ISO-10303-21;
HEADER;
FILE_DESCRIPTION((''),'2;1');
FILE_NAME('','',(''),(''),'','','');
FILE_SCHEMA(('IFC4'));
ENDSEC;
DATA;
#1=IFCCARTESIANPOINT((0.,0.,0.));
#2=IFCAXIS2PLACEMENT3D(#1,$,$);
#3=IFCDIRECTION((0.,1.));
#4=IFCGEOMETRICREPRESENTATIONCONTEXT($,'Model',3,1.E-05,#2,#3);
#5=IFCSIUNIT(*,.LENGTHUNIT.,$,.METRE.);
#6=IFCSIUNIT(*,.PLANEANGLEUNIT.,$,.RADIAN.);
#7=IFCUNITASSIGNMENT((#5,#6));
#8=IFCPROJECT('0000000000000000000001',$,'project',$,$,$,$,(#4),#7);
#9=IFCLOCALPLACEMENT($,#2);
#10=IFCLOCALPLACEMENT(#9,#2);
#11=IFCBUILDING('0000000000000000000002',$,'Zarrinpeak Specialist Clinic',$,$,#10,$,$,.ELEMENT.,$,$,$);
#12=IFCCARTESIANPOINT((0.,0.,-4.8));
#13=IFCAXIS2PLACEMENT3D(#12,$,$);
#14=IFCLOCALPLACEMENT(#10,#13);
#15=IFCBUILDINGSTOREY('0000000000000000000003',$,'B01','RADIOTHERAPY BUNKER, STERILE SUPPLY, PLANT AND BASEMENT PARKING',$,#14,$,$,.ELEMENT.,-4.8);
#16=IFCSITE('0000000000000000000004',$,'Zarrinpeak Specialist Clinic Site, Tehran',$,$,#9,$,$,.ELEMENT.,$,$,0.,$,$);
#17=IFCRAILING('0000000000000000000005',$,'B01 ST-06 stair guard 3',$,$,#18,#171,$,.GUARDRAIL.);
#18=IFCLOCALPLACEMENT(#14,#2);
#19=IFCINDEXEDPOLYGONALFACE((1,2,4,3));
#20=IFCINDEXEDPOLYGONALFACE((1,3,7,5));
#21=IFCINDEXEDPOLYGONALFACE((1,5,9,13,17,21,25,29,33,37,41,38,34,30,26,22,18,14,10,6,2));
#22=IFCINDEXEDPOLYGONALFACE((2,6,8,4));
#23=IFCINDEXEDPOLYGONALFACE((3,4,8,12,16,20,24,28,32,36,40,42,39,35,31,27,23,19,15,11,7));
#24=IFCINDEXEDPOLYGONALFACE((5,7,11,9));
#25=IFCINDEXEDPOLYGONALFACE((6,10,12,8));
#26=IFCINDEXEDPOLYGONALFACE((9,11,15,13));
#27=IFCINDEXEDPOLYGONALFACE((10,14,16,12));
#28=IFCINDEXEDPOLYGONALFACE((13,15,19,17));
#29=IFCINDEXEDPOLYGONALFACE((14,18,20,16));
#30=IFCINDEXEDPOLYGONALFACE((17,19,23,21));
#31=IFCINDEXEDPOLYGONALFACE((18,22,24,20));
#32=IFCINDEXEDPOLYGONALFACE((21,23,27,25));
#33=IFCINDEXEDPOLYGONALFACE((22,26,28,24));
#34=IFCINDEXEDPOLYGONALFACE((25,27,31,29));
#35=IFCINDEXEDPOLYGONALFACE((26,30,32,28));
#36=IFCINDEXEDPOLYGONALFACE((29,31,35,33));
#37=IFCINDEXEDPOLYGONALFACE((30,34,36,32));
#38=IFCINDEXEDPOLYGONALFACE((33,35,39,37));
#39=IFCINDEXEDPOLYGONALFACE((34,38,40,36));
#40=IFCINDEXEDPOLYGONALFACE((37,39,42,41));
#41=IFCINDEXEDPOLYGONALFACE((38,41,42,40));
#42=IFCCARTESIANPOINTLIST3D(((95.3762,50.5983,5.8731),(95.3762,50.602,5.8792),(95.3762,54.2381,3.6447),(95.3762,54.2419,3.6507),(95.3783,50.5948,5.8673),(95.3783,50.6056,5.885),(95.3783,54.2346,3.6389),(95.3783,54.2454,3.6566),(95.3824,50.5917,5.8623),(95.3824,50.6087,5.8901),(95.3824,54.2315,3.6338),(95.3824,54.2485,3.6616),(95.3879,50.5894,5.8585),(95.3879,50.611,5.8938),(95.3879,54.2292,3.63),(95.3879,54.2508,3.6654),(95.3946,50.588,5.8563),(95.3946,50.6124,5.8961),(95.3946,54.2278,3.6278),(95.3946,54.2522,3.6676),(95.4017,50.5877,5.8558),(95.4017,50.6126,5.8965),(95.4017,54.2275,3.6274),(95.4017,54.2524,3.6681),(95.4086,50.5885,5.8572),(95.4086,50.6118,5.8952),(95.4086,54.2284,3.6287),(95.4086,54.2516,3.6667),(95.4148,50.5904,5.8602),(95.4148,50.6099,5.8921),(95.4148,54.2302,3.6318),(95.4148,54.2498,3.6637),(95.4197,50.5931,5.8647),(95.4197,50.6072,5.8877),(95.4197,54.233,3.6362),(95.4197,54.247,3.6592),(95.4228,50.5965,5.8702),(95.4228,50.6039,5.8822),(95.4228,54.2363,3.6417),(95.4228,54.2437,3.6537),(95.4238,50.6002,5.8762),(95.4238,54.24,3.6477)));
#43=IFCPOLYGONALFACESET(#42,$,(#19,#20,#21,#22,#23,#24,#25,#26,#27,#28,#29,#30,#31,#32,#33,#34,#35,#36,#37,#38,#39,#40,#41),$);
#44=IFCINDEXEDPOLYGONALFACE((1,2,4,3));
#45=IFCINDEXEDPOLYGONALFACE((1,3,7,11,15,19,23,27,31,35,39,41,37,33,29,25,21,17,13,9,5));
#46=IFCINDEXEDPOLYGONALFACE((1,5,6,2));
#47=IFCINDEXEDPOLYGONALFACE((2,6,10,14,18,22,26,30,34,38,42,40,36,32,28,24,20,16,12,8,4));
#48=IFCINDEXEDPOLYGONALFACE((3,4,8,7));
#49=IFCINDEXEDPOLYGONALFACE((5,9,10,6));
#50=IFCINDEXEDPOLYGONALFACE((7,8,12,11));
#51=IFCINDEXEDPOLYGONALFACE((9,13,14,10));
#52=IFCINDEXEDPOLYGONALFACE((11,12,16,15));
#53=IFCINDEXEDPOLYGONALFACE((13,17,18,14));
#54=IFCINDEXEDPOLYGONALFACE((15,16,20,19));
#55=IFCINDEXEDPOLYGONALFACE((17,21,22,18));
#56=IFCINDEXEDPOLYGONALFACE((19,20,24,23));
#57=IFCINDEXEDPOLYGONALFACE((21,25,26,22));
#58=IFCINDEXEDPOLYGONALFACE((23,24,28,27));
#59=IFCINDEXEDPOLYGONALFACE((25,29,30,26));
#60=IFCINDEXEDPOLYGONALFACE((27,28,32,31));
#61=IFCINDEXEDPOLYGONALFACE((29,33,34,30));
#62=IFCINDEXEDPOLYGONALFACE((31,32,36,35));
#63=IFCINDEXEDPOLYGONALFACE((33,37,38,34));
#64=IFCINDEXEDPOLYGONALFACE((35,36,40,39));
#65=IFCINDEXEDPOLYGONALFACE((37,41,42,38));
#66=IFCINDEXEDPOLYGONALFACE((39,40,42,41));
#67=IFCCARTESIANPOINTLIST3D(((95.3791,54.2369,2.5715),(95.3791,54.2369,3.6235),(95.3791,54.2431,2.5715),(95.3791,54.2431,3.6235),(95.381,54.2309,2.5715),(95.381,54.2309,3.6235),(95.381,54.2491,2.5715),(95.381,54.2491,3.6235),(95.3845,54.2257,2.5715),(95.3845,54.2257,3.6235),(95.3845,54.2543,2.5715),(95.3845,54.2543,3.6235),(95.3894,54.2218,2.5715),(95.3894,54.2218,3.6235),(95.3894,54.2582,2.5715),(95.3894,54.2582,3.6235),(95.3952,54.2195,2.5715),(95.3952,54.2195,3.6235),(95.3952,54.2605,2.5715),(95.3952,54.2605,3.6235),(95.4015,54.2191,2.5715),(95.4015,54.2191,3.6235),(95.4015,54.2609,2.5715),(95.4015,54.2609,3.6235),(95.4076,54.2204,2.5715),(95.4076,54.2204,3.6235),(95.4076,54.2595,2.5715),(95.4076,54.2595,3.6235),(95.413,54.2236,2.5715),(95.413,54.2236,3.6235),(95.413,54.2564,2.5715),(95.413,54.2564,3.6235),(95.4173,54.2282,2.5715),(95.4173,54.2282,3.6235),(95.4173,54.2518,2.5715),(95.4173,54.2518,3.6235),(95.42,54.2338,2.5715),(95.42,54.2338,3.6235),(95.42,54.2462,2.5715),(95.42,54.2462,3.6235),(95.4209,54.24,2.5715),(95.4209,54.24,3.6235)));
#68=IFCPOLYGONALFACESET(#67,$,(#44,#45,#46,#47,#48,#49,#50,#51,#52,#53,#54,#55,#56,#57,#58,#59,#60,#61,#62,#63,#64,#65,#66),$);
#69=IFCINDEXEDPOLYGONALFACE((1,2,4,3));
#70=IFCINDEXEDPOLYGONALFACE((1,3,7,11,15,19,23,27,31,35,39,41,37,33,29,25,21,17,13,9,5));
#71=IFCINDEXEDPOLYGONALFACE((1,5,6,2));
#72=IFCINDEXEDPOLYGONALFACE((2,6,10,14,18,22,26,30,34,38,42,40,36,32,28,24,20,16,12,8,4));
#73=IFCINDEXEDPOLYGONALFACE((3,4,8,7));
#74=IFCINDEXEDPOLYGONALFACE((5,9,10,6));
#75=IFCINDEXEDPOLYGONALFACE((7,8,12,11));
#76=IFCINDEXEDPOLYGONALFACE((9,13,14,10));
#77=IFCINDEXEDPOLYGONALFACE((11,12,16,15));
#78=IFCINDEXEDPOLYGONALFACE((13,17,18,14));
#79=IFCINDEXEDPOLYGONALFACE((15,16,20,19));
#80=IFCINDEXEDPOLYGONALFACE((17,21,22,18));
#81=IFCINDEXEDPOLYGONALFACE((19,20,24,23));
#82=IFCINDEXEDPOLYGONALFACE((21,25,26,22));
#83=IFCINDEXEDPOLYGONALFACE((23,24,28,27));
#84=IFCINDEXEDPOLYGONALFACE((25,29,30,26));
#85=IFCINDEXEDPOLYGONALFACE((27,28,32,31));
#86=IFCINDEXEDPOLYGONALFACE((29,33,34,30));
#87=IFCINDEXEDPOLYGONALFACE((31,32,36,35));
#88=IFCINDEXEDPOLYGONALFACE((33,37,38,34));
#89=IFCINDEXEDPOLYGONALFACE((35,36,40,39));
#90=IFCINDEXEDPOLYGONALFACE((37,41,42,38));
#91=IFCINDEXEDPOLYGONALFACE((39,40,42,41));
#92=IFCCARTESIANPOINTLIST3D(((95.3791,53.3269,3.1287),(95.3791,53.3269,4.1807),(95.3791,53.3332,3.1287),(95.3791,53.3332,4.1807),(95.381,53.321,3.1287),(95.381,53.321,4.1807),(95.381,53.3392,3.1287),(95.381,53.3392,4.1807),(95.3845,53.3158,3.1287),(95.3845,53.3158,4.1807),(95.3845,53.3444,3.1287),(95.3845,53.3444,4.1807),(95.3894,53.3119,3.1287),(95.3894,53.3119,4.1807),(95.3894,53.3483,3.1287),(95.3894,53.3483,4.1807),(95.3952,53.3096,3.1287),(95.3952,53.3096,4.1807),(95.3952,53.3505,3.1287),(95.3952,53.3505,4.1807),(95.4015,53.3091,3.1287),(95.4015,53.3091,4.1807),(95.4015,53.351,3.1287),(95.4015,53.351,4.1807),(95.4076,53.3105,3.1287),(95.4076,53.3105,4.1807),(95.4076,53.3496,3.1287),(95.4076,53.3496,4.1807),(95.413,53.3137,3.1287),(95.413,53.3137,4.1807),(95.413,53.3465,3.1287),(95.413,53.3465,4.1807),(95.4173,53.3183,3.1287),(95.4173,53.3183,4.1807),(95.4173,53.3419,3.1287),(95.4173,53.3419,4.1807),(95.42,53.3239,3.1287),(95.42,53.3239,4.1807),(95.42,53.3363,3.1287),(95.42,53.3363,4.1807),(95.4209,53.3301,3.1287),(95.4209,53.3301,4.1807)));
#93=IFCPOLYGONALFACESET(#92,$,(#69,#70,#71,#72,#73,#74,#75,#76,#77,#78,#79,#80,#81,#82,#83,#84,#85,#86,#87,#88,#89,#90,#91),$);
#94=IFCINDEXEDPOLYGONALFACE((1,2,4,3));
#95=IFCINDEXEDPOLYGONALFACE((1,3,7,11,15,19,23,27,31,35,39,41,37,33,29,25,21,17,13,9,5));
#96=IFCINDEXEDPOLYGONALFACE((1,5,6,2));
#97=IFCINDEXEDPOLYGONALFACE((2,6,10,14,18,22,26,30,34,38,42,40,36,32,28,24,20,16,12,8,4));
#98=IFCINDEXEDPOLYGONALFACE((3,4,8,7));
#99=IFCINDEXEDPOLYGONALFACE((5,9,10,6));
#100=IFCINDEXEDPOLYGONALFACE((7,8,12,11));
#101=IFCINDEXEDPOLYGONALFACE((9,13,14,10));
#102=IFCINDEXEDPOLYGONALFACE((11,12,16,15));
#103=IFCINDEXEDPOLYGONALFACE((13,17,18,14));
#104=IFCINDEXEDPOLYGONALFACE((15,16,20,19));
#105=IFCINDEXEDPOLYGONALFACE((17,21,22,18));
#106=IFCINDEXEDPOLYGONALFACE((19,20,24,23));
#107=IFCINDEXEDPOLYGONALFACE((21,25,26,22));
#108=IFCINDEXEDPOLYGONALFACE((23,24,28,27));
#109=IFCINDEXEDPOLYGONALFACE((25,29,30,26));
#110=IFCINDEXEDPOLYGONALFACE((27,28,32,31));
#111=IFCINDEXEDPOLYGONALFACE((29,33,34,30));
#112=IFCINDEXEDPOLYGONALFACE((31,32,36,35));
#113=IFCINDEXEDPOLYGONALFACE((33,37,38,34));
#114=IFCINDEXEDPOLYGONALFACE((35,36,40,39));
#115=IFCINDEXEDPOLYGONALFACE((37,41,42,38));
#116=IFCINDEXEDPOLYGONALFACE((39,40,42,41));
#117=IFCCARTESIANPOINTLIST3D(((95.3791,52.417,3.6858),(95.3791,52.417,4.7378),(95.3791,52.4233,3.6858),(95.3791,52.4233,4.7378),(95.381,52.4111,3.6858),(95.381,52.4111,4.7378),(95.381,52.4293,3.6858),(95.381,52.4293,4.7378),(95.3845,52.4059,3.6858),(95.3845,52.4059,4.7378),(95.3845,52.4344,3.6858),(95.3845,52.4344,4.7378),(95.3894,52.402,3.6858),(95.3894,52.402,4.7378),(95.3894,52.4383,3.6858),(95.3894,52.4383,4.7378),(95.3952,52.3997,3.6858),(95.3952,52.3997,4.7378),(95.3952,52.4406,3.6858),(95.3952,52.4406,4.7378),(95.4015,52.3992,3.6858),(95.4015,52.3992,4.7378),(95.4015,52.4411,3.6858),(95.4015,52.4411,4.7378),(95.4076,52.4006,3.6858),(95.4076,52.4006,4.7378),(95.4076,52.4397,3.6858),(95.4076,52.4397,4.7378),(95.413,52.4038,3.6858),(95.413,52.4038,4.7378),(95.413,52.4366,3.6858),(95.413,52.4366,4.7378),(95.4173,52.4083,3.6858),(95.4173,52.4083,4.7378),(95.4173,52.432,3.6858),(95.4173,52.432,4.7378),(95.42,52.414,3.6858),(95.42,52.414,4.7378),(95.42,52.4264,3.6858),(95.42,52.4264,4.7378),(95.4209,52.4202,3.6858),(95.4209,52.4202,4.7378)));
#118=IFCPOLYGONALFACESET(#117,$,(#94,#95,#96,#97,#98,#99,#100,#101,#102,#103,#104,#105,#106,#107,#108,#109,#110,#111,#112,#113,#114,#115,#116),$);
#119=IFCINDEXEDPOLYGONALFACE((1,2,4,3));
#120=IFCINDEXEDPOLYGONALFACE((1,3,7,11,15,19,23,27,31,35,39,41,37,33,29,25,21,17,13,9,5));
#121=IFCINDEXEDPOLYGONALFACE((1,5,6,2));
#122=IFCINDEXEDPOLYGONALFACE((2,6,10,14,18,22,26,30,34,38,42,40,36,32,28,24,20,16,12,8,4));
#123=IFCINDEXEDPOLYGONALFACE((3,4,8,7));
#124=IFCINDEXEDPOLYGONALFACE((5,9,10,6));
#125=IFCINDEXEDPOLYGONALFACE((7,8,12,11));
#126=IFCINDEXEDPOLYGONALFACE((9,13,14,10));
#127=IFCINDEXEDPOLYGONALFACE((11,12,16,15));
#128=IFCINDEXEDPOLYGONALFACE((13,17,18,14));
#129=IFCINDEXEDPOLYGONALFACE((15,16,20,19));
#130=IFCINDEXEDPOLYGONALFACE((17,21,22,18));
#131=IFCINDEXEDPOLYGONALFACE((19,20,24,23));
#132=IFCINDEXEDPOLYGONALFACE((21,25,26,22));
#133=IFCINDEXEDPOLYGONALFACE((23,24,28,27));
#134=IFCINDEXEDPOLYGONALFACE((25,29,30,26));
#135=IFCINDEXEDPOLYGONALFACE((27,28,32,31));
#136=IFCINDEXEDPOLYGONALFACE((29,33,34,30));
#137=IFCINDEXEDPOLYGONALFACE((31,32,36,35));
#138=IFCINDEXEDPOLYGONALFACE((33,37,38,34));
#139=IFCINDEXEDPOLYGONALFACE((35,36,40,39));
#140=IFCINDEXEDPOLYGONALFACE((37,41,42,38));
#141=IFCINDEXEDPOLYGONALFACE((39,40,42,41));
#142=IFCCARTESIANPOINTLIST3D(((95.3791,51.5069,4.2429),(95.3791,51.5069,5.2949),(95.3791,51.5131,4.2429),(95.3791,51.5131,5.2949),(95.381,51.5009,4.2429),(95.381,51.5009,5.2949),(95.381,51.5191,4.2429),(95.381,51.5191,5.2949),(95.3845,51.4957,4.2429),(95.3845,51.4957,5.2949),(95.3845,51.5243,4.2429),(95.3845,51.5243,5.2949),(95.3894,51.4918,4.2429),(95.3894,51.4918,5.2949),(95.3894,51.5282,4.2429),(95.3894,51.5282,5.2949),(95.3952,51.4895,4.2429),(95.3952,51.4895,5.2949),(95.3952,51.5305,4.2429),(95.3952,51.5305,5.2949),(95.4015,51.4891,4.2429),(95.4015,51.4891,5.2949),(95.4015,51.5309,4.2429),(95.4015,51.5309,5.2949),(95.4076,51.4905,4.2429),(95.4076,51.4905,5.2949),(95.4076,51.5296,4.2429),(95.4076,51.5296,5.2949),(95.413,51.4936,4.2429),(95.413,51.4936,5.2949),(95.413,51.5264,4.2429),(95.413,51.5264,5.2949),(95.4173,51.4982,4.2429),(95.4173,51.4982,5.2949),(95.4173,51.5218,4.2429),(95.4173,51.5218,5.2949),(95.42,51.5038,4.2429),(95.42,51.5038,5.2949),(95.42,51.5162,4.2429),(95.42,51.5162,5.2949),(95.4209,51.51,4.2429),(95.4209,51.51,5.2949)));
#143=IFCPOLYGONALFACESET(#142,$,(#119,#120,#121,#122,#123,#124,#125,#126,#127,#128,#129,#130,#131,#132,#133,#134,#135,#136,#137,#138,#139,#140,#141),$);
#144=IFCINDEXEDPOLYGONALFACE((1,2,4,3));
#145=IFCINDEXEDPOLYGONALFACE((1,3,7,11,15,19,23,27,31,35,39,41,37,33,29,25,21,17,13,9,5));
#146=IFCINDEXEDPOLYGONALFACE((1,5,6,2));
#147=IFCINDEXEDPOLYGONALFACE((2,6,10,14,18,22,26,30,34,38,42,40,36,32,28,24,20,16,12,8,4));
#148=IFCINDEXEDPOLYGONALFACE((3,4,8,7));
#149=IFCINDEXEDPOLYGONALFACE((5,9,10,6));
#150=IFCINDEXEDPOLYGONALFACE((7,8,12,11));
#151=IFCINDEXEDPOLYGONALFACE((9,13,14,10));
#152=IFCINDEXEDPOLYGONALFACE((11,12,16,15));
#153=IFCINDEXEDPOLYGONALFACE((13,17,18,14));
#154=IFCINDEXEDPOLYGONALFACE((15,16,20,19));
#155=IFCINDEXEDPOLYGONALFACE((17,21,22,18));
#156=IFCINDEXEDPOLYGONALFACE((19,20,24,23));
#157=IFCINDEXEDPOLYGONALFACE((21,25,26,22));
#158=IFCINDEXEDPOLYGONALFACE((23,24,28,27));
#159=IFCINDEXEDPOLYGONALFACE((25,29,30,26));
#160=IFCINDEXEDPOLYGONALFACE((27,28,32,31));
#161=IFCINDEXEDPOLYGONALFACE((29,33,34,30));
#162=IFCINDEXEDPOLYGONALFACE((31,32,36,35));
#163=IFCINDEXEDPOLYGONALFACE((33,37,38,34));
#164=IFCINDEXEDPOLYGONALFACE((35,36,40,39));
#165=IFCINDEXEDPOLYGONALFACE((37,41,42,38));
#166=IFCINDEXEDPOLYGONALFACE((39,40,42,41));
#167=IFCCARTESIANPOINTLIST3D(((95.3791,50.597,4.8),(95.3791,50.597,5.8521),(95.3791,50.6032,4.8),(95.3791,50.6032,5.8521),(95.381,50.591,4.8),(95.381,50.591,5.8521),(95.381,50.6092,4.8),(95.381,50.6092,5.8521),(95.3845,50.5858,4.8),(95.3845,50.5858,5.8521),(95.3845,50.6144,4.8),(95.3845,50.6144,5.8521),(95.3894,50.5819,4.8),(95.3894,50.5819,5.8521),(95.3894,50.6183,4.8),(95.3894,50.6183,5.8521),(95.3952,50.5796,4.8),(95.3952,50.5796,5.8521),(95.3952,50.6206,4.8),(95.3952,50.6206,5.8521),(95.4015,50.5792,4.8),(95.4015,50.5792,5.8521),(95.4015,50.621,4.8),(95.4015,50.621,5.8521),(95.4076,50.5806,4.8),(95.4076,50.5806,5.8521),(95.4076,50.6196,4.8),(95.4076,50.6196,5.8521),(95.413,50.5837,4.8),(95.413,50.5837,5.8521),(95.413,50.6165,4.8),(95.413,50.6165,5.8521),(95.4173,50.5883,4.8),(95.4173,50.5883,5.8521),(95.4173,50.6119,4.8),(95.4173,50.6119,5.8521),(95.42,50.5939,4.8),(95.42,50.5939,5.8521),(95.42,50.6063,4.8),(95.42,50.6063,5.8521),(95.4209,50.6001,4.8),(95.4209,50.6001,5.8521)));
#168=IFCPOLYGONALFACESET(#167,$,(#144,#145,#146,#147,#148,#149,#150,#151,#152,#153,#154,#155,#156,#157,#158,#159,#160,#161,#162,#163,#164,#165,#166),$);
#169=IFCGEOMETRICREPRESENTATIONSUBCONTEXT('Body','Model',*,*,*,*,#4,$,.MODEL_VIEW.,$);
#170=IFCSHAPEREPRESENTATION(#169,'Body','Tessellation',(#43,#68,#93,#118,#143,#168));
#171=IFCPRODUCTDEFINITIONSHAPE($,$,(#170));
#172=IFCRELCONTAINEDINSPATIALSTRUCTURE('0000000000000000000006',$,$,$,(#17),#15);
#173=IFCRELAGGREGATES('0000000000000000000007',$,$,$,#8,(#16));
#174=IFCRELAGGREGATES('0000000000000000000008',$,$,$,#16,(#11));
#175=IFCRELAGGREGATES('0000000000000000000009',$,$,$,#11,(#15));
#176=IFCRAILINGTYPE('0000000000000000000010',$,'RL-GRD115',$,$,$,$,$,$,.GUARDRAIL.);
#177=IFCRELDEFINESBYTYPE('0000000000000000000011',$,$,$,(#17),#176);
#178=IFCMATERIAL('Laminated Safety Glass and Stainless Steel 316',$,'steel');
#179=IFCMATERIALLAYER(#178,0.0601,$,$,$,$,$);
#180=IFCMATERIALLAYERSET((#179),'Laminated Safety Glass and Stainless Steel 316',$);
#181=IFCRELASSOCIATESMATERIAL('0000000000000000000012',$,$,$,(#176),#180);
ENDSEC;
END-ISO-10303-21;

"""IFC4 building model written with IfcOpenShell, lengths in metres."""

from ifc_helpers import new_model, si_unit, direction, frame, origin, origin_2d, place, context, subcontext, project, spatial, circle, extrude, material, layer, layer_set, type_object, element, save


model = new_model("IFC4")

# Units and contexts
model_context = context("Model", 3, precision=1e-05, world=origin(), true_north=direction((0.0, 1.0)))
body_context = subcontext(model_context, "Body", "Model", "MODEL_VIEW")
ifc_project = project(units=[si_unit("LENGTHUNIT", "METRE"), si_unit("PLANEANGLEUNIT", "RADIAN")], contexts=[model_context])

# Site, building, storey
site_placement = place(None, origin())
site = spatial("IfcSite", under=ifc_project, at=site_placement, Name="Zarrinpeak Specialist Clinic Site, Tehran", CompositionType="ELEMENT", RefElevation=0.0)
building_placement = place(site_placement, origin())
building = spatial("IfcBuilding", under=site, at=building_placement, Name="Zarrinpeak Specialist Clinic", CompositionType="ELEMENT")
storey_placement = place(building_placement, frame((0.0, 0.0, -4.8)))
storey = spatial("IfcBuildingStorey", under=building, at=storey_placement, Name="B01", Description="RADIOTHERAPY BUNKER, STERILE SUPPLY, PLANT AND BASEMENT PARKING", CompositionType="ELEMENT", Elevation=-4.8)

# Railing
ifc_material_1 = material(Name="Laminated Safety Glass and Stainless Steel 316", Category="steel")
ifc_layer_1 = layer(ifc_material_1, 0.0601)
ifc_layer_set_1 = layer_set([ifc_layer_1], Name="Laminated Safety Glass and Stainless Steel 316")
railing_type_1 = type_object("IfcRailingType", Name="RL-GRD115", PredefinedType="GUARDRAIL", material=ifc_layer_set_1)
railing_1_placement = place(storey_placement, frame((95.3999, 54.24, 2.5715)))
element("IfcRailing", 1, at=railing_1_placement, inside=storey, type_object=railing_type_1, Name="B01 ST-06 stair guard 3", PredefinedType="GUARDRAIL", context=body_context, shape_type="SweptSolid", body=[
    extrude(circle(Radius=0.0239, at=origin_2d()), frame((0.0, 0.0, 1.0762), z_axis=(0.0, -0.85285, 0.522156), x_axis=(1.0, 0.0, 0.0)), (0.0, 0.0, 1.0), 4.2678),
    extrude(circle(Radius=0.021, at=origin_2d()), origin(), (0.0, 0.0, 1.0), 1.052),
    extrude(circle(Radius=0.021, at=origin_2d()), frame((0.0, -0.9099, 0.5571)), (0.0, 0.0, 1.0), 1.052),
    extrude(circle(Radius=0.021, at=origin_2d()), frame((0.0, -1.8198, 1.1143)), (0.0, 0.0, 1.0), 1.052),
    extrude(circle(Radius=0.021, at=origin_2d()), frame((0.0, -2.73, 1.6714)), (0.0, 0.0, 1.0), 1.052),
    extrude(circle(Radius=0.021, at=origin_2d()), frame((0.0, -3.6399, 2.2285)), (0.0, 0.0, 1.0), 1.052),
])

save(model, "model.ifc")
